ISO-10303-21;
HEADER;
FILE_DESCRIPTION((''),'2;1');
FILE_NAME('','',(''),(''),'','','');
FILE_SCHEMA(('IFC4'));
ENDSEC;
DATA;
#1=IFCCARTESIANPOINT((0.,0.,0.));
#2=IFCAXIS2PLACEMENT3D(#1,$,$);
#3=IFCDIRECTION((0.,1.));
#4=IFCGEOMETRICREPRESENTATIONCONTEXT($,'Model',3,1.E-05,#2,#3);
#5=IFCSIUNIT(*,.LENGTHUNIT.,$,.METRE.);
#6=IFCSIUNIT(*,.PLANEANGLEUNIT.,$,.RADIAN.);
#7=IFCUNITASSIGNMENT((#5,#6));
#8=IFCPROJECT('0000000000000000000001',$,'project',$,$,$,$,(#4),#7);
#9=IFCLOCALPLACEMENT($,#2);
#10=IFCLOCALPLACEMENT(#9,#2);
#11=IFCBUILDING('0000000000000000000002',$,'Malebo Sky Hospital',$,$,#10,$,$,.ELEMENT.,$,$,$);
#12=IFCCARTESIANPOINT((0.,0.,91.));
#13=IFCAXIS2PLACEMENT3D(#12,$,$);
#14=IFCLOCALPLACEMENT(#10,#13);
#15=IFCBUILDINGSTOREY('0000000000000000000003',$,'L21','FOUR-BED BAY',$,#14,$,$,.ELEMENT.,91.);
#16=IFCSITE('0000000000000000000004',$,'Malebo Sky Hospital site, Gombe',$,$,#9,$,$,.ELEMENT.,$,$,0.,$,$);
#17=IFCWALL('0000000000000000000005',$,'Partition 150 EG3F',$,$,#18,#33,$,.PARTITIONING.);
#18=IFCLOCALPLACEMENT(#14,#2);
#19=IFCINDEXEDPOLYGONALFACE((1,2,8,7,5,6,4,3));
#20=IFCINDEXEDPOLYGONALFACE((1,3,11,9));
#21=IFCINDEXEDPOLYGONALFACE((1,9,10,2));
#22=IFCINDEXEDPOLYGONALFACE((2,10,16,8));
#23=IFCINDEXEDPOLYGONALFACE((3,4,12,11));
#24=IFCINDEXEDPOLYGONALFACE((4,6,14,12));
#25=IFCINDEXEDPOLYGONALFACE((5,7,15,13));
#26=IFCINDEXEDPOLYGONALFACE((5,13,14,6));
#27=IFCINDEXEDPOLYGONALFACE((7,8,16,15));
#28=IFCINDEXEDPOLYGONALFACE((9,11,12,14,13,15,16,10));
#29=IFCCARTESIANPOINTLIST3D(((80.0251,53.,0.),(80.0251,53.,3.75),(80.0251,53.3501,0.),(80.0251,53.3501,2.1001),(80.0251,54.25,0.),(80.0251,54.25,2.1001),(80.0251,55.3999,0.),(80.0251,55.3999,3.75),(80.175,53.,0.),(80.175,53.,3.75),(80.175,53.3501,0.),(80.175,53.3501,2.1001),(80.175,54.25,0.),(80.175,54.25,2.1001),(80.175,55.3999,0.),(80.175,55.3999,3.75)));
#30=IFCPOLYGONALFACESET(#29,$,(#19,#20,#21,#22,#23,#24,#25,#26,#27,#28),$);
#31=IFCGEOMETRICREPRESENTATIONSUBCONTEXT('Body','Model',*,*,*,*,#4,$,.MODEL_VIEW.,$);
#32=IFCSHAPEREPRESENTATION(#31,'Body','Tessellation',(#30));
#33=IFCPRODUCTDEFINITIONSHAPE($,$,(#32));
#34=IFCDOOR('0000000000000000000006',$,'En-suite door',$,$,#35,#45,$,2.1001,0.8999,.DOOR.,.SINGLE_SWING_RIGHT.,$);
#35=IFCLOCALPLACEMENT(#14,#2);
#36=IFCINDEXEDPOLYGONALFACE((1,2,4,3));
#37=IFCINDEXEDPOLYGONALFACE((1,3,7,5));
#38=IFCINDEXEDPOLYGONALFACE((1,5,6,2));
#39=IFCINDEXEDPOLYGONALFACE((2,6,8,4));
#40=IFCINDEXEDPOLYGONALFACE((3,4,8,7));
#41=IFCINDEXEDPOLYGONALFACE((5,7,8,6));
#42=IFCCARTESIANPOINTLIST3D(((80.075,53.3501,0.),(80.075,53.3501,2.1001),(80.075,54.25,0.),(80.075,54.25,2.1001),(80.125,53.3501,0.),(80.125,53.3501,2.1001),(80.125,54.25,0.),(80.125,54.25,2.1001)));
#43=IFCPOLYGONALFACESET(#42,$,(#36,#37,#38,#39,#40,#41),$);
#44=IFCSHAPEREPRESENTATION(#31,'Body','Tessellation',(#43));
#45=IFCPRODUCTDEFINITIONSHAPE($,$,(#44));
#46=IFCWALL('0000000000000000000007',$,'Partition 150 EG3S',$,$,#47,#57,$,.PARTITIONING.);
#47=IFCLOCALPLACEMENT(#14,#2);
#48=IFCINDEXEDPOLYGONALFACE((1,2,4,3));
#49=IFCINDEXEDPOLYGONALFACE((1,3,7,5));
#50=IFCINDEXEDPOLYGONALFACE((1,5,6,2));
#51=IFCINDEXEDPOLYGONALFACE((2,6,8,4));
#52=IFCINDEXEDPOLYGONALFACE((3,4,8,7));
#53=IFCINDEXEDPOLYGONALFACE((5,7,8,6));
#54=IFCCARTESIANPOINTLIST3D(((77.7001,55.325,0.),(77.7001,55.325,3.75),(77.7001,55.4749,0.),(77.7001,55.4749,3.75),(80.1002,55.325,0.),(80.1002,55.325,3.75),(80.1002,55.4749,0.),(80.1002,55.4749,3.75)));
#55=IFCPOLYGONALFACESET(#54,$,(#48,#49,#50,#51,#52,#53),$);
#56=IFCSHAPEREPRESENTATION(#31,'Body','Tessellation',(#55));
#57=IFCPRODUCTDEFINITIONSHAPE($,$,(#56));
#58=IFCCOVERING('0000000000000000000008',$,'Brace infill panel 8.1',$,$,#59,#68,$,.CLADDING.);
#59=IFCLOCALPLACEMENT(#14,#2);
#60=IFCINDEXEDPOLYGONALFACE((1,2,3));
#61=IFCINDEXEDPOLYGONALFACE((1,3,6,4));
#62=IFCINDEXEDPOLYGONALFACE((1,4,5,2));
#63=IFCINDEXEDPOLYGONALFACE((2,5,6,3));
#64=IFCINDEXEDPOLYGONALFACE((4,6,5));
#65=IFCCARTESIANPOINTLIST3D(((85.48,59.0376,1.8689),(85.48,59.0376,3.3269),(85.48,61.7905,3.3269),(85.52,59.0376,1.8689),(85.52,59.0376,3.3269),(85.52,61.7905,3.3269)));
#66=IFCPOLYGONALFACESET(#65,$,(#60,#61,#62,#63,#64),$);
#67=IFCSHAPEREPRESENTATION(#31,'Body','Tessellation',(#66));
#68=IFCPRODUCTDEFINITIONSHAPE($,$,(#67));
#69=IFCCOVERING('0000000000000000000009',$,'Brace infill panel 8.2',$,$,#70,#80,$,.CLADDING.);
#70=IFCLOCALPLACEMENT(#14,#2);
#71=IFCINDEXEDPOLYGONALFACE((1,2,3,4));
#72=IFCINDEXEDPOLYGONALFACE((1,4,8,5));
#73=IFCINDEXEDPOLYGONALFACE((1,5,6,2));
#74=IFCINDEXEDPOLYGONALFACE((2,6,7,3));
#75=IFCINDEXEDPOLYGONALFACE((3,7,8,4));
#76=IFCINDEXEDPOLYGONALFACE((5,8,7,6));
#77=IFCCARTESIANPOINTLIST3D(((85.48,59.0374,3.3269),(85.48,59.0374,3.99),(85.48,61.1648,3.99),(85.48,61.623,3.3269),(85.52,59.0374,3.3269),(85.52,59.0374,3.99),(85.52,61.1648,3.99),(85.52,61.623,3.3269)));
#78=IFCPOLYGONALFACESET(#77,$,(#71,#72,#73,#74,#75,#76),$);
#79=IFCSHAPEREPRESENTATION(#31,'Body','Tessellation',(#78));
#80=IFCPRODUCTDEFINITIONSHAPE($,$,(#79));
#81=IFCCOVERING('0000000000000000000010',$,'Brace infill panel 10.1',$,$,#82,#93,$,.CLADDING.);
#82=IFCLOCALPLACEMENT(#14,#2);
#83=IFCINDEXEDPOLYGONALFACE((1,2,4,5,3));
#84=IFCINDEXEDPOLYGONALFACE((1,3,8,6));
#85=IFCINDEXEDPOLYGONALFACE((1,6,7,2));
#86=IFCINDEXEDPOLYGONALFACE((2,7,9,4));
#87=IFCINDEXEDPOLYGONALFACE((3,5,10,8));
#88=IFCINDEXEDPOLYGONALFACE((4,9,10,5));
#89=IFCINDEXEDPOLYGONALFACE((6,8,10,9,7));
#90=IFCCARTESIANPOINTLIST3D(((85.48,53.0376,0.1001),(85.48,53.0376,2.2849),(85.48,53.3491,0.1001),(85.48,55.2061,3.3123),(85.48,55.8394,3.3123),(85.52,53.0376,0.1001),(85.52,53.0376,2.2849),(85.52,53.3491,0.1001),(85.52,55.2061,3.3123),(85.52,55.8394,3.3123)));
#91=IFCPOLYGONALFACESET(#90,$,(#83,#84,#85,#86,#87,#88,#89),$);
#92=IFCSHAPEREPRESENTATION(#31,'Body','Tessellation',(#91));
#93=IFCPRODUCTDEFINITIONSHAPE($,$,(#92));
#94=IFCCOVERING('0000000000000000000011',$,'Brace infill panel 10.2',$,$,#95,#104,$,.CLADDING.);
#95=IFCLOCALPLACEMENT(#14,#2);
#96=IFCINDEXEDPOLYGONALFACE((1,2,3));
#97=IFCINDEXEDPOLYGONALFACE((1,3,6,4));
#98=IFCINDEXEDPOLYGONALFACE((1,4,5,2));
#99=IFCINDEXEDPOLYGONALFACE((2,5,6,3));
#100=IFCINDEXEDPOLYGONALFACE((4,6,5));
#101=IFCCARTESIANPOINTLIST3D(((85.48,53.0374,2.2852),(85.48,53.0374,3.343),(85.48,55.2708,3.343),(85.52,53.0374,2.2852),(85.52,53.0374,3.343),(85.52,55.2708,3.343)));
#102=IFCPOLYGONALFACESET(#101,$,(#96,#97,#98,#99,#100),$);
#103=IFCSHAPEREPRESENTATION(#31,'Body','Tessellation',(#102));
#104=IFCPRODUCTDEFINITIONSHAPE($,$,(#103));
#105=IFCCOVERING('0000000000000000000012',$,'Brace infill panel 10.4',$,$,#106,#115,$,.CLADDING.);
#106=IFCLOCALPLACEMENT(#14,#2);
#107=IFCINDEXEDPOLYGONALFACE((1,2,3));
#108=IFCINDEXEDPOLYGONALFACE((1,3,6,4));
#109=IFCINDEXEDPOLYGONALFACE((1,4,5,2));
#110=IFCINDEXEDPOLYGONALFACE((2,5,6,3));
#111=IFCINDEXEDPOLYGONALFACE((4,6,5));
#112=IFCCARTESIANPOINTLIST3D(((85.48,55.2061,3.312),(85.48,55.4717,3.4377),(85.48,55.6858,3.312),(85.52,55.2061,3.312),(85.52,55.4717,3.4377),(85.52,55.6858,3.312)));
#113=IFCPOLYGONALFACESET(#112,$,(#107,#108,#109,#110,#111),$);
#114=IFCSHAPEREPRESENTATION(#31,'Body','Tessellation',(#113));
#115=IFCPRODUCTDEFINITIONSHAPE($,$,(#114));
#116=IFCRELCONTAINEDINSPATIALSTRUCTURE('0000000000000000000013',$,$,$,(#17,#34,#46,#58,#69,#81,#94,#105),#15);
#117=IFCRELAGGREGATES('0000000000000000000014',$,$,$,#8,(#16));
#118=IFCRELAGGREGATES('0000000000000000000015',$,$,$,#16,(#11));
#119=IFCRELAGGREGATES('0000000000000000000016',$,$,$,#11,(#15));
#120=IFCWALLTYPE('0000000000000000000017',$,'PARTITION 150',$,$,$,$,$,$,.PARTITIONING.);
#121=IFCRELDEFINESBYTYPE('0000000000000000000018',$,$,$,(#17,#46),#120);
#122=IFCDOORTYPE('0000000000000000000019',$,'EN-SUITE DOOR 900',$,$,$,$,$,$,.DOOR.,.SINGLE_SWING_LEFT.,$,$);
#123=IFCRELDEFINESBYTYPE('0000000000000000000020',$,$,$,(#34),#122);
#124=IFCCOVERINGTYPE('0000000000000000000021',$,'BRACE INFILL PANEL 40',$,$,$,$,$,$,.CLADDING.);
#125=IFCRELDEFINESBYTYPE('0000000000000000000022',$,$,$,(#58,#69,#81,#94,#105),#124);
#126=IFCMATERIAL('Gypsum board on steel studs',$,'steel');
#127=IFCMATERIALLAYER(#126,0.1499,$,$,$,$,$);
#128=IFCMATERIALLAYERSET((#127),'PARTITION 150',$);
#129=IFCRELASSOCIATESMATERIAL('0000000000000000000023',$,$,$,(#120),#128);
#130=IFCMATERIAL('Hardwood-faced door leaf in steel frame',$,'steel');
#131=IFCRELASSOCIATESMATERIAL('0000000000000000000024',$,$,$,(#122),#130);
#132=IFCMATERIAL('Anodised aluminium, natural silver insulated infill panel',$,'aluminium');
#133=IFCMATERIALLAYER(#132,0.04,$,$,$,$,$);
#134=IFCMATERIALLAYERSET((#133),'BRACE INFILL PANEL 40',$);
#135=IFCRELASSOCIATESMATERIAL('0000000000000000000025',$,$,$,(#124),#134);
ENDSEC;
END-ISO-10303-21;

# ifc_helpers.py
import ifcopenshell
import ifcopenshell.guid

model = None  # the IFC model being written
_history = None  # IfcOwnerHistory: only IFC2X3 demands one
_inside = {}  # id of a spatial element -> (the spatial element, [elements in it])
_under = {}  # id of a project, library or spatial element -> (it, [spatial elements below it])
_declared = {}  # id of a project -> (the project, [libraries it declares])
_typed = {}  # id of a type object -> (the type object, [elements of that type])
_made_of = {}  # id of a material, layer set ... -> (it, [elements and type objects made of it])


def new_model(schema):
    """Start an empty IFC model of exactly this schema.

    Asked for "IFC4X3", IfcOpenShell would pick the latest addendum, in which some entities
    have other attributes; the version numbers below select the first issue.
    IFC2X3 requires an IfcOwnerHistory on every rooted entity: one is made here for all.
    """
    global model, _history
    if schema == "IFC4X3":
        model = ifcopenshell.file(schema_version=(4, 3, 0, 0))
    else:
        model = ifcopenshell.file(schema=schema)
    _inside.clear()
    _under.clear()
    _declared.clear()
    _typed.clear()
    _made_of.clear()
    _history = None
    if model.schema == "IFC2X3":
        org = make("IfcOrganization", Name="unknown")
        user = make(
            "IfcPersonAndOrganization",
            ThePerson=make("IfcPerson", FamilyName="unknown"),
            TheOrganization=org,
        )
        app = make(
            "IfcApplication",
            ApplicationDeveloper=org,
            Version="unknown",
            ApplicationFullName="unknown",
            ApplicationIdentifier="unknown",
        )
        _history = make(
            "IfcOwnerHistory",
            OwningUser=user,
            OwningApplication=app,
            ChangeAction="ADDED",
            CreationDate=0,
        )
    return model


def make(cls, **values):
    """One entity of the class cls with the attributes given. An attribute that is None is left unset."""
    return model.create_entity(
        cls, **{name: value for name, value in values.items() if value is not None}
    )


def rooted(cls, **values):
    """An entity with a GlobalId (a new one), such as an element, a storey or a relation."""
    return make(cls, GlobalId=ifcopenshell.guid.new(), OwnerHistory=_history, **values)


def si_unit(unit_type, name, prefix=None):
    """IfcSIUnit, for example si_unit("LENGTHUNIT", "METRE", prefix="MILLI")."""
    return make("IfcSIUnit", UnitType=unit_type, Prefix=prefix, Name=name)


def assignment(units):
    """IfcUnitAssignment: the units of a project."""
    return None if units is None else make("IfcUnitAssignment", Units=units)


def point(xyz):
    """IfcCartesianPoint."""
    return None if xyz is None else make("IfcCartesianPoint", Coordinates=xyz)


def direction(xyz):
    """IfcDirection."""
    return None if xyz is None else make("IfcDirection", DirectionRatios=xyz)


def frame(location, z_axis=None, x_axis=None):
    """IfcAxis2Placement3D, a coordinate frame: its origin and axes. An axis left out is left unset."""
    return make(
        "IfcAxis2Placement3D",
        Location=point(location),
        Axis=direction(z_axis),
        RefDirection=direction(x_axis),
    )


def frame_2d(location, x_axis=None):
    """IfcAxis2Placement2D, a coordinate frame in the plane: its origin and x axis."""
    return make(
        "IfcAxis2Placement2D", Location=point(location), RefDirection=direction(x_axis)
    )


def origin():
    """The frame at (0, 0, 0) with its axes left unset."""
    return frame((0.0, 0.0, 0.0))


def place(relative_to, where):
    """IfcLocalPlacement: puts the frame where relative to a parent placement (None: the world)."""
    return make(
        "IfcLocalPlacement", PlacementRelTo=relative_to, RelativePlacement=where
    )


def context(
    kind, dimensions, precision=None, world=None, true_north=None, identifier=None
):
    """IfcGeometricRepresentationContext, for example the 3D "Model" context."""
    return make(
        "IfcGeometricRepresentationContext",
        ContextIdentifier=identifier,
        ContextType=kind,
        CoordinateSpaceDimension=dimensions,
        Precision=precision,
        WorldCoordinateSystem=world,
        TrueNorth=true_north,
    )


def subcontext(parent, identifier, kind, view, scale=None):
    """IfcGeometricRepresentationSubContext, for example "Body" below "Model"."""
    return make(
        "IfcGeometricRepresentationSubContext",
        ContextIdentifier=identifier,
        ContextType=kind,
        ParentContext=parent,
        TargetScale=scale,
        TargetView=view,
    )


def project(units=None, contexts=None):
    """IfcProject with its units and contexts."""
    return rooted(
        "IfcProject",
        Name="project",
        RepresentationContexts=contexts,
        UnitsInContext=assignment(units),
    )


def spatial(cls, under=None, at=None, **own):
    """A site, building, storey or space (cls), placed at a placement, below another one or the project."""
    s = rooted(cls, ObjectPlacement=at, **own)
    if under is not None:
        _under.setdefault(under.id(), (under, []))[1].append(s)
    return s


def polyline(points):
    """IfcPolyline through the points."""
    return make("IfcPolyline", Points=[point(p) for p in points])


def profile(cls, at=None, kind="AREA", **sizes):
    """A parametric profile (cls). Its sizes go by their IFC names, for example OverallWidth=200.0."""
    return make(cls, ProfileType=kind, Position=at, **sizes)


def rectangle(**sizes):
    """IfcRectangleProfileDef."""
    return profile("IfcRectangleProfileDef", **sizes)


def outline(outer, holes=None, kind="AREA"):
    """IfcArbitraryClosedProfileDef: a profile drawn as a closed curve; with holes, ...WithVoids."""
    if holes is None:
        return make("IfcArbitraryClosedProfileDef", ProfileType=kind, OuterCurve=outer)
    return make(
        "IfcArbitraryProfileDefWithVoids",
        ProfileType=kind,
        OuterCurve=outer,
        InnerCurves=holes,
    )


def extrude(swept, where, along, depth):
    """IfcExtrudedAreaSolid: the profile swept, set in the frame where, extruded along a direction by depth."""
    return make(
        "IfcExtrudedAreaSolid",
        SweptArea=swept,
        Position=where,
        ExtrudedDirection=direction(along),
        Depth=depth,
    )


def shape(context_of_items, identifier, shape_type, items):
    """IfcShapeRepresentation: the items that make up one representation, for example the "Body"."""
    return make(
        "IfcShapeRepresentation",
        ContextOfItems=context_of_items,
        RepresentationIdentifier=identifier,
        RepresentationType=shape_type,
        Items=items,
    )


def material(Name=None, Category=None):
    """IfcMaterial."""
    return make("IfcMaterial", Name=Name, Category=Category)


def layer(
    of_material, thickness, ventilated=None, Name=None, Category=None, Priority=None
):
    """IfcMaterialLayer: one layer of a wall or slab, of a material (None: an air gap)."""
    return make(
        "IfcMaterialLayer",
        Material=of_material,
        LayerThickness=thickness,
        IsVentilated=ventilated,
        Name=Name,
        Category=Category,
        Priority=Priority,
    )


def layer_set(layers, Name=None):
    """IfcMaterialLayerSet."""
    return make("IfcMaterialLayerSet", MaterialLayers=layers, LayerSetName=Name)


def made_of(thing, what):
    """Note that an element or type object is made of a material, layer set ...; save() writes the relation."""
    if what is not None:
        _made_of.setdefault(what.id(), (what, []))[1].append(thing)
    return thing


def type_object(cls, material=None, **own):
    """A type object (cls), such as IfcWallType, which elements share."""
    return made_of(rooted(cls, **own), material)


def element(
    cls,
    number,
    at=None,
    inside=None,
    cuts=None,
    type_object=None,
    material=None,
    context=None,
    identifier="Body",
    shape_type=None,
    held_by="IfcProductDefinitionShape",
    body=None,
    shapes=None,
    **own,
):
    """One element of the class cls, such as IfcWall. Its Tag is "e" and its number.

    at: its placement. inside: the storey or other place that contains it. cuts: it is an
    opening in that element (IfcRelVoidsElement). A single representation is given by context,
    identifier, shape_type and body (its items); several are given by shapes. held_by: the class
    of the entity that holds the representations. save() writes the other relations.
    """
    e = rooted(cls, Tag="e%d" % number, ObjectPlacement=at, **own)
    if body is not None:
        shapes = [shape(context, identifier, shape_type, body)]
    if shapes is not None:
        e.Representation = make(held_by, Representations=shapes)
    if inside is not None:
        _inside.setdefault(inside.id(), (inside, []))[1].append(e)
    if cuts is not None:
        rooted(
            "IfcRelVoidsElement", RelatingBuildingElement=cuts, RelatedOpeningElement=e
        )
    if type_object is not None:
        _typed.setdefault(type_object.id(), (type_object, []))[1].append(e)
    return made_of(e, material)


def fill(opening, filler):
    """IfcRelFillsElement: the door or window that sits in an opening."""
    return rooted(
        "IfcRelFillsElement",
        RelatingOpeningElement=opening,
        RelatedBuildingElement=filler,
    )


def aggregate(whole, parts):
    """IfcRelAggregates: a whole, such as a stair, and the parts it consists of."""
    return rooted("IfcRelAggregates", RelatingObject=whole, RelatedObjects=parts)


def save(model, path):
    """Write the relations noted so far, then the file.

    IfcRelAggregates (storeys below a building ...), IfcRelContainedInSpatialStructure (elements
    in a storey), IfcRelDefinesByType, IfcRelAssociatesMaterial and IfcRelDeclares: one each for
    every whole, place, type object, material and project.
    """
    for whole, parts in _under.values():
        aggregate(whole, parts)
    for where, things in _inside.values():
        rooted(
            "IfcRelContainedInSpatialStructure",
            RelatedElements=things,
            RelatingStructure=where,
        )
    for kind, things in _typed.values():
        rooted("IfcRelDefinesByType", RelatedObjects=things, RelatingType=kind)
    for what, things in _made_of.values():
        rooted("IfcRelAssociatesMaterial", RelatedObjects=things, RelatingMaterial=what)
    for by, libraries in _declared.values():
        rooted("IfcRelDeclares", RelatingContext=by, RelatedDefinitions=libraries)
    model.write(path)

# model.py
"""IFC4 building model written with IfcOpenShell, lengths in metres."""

from ifc_helpers import new_model, si_unit, direction, frame, frame_2d, origin, place, context, subcontext, project, spatial, polyline, rectangle, outline, extrude, material, layer, layer_set, type_object, element, fill, save


model = new_model("IFC4")

# Units and contexts
model_context = context("Model", 3, precision=1e-05, world=origin(), true_north=direction((0.0, 1.0)))
body_context = subcontext(model_context, "Body", "Model", "MODEL_VIEW")
ifc_project = project(units=[si_unit("LENGTHUNIT", "METRE"), si_unit("PLANEANGLEUNIT", "RADIAN")], contexts=[model_context])

# Site, building, storey
site_placement = place(None, origin())
site = spatial("IfcSite", under=ifc_project, at=site_placement, Name="Malebo Sky Hospital site, Gombe", CompositionType="ELEMENT", RefElevation=0.0)
building_placement = place(site_placement, origin())
building = spatial("IfcBuilding", under=site, at=building_placement, Name="Malebo Sky Hospital", CompositionType="ELEMENT")
storey_placement = place(building_placement, frame((0.0, 0.0, 91.0)))
storey = spatial("IfcBuildingStorey", under=building, at=storey_placement, Name="L21", Description="FOUR-BED BAY", CompositionType="ELEMENT", Elevation=91.0)

# Shared definitions
ifc_material_1 = material(Name="Gypsum board on steel studs", Category="steel")
ifc_layer_1 = layer(ifc_material_1, 0.1499)
ifc_layer_set_1 = layer_set([ifc_layer_1], Name="PARTITION 150")
wall_type = type_object("IfcWallType", Name="PARTITION 150", PredefinedType="PARTITIONING", material=ifc_layer_set_1)

# Wall, opening, door
wall_1_placement = place(storey_placement, frame((80.1001, 55.3999, 0.0), z_axis=(0.0, 0.0, 1.0), x_axis=(0.0, -1.0, 0.0)))
wall_1 = element("IfcWall", 1, at=wall_1_placement, inside=storey, type_object=wall_type, Name="Partition 150 EG3F", PredefinedType="PARTITIONING", context=body_context, shape_type="SweptSolid", body=[
    extrude(rectangle(XDim=2.3999, YDim=0.1499, at=frame_2d((1.2, 0.0))), origin(), (0.0, 0.0, 1.0), 3.75),
])
opening_placement = place(wall_1_placement, frame((1.1499, 0.0, 0.0)))
opening = element("IfcOpeningElement", 2, at=opening_placement, cuts=wall_1, PredefinedType="OPENING", context=body_context, shape_type="SweptSolid", body=[
    extrude(rectangle(XDim=0.8999, YDim=2.1001, at=frame_2d((0.45, 1.05))), frame((0.0, 0.085, 0.0), z_axis=(0.0, -1.0, 0.0), x_axis=(1.0, 0.0, 0.0)), (0.0, 0.0, 1.0), 0.1699),
])
ifc_material_2 = material(Name="Hardwood-faced door leaf in steel frame", Category="steel")
door_type = type_object("IfcDoorType", Name="EN-SUITE DOOR 900", OperationType="SINGLE_SWING_LEFT", PredefinedType="DOOR", material=ifc_material_2)
door_placement = place(opening_placement, origin())
door = element("IfcDoor", 3, at=door_placement, inside=storey, type_object=door_type, Name="En-suite door", OperationType="SINGLE_SWING_RIGHT", OverallHeight=2.1001, OverallWidth=0.8999, PredefinedType="DOOR", context=body_context, shape_type="SweptSolid", body=[
    extrude(rectangle(XDim=0.8999, YDim=2.1001, at=frame_2d((0.45, 1.05))), frame((0.0, 0.0249, 0.0), z_axis=(0.0, -1.0, 0.0), x_axis=(1.0, 0.0, 0.0)), (0.0, 0.0, 1.0), 0.05),
])
fill(opening, door)

# Wall
wall_2_placement = place(storey_placement, frame((77.7, 55.3999, 0.0), z_axis=(0.0, 0.0, 1.0), x_axis=(1.0, 0.0, 0.0)))
element("IfcWall", 4, at=wall_2_placement, inside=storey, type_object=wall_type, Name="Partition 150 EG3S", PredefinedType="PARTITIONING", context=body_context, shape_type="SweptSolid", body=[
    extrude(rectangle(XDim=2.4001, YDim=0.1499, at=frame_2d((1.2002, 0.0))), origin(), (0.0, 0.0, 1.0), 3.75),
])

# Coverings
ifc_material_3 = material(Name="Anodised aluminium, natural silver insulated infill panel", Category="aluminium")
ifc_layer_2 = layer(ifc_material_3, 0.04)
ifc_layer_set_2 = layer_set([ifc_layer_2], Name="BRACE INFILL PANEL 40")
covering_type = type_object("IfcCoveringType", Name="BRACE INFILL PANEL 40", PredefinedType="CLADDING", material=ifc_layer_set_2)
covering_1_placement = place(storey_placement, frame((85.5, 60.4141, 1.8689), z_axis=(0.0, 0.0, 1.0), x_axis=(0.0, -1.0, 0.0)))
element("IfcCovering", 5, at=covering_1_placement, inside=storey, type_object=covering_type, Name="Brace infill panel 8.1", PredefinedType="CLADDING", context=body_context, shape_type="SweptSolid", body=[
    extrude(outline(polyline([(1.3765, 0.0), (1.3765, 1.458), (-1.3765, 1.458), (1.3765, 0.0)])), frame((0.0, 0.02, 0.0), z_axis=(0.0, -1.0, 0.0), x_axis=(1.0, 0.0, 0.0)), (0.0, 0.0, 1.0), 0.04),
])
covering_2_placement = place(storey_placement, frame((85.5, 60.3303, 3.3269), z_axis=(0.0, 0.0, 1.0), x_axis=(0.0, -1.0, 0.0)))
element("IfcCovering", 6, at=covering_2_placement, inside=storey, type_object=covering_type, Name="Brace infill panel 8.2", PredefinedType="CLADDING", context=body_context, shape_type="SweptSolid", body=[
    extrude(outline(polyline([(-1.2927, 0.0), (1.293, 0.0), (1.293, 0.6631), (-0.8345, 0.6631), (-1.2927, 0.0)])), frame((0.0, 0.02, 0.0), z_axis=(0.0, -1.0, 0.0), x_axis=(1.0, 0.0, 0.0)), (0.0, 0.0, 1.0), 0.04),
])
covering_3_placement = place(storey_placement, frame((85.5, 54.4385, 0.1001), z_axis=(0.0, 0.0, 1.0), x_axis=(0.0, -1.0, 0.0)))
element("IfcCovering", 7, at=covering_3_placement, inside=storey, type_object=covering_type, Name="Brace infill panel 10.1", PredefinedType="CLADDING", context=body_context, shape_type="SweptSolid", body=[
    extrude(outline(polyline([(1.0894, 0.0), (1.4009, 0.0), (1.4009, 2.1848), (-0.7676, 3.2122), (-1.4009, 3.2122), (1.0894, 0.0)])), frame((0.0, 0.02, 0.0), z_axis=(0.0, -1.0, 0.0), x_axis=(1.0, 0.0, 0.0)), (0.0, 0.0, 1.0), 0.04),
])
covering_4_placement = place(storey_placement, frame((85.5, 54.1541, 2.2852), z_axis=(0.0, 0.0, 1.0), x_axis=(0.0, -1.0, 0.0)))
element("IfcCovering", 8, at=covering_4_placement, inside=storey, type_object=covering_type, Name="Brace infill panel 10.2", PredefinedType="CLADDING", context=body_context, shape_type="SweptSolid", body=[
    extrude(outline(polyline([(1.1167, 0.0), (1.1167, 1.0579), (-1.1167, 1.0579), (1.1167, 0.0)])), frame((0.0, 0.02, 0.0), z_axis=(0.0, -1.0, 0.0), x_axis=(1.0, 0.0, 0.0)), (0.0, 0.0, 1.0), 0.04),
])
covering_5_placement = place(storey_placement, frame((85.5, 55.4458, 3.312), z_axis=(0.0, 0.0, 1.0), x_axis=(0.0, -1.0, 0.0)))
element("IfcCovering", 9, at=covering_5_placement, inside=storey, type_object=covering_type, Name="Brace infill panel 10.4", PredefinedType="CLADDING", context=body_context, shape_type="SweptSolid", body=[
    extrude(outline(polyline([(-0.24, 0.0), (0.2397, 0.0), (-0.0259, 0.1257), (-0.24, 0.0)])), frame((0.0, 0.02, 0.0), z_axis=(0.0, -1.0, 0.0), x_axis=(1.0, 0.0, 0.0)), (0.0, 0.0, 1.0), 0.04),
])

save(model, "model.ifc")
